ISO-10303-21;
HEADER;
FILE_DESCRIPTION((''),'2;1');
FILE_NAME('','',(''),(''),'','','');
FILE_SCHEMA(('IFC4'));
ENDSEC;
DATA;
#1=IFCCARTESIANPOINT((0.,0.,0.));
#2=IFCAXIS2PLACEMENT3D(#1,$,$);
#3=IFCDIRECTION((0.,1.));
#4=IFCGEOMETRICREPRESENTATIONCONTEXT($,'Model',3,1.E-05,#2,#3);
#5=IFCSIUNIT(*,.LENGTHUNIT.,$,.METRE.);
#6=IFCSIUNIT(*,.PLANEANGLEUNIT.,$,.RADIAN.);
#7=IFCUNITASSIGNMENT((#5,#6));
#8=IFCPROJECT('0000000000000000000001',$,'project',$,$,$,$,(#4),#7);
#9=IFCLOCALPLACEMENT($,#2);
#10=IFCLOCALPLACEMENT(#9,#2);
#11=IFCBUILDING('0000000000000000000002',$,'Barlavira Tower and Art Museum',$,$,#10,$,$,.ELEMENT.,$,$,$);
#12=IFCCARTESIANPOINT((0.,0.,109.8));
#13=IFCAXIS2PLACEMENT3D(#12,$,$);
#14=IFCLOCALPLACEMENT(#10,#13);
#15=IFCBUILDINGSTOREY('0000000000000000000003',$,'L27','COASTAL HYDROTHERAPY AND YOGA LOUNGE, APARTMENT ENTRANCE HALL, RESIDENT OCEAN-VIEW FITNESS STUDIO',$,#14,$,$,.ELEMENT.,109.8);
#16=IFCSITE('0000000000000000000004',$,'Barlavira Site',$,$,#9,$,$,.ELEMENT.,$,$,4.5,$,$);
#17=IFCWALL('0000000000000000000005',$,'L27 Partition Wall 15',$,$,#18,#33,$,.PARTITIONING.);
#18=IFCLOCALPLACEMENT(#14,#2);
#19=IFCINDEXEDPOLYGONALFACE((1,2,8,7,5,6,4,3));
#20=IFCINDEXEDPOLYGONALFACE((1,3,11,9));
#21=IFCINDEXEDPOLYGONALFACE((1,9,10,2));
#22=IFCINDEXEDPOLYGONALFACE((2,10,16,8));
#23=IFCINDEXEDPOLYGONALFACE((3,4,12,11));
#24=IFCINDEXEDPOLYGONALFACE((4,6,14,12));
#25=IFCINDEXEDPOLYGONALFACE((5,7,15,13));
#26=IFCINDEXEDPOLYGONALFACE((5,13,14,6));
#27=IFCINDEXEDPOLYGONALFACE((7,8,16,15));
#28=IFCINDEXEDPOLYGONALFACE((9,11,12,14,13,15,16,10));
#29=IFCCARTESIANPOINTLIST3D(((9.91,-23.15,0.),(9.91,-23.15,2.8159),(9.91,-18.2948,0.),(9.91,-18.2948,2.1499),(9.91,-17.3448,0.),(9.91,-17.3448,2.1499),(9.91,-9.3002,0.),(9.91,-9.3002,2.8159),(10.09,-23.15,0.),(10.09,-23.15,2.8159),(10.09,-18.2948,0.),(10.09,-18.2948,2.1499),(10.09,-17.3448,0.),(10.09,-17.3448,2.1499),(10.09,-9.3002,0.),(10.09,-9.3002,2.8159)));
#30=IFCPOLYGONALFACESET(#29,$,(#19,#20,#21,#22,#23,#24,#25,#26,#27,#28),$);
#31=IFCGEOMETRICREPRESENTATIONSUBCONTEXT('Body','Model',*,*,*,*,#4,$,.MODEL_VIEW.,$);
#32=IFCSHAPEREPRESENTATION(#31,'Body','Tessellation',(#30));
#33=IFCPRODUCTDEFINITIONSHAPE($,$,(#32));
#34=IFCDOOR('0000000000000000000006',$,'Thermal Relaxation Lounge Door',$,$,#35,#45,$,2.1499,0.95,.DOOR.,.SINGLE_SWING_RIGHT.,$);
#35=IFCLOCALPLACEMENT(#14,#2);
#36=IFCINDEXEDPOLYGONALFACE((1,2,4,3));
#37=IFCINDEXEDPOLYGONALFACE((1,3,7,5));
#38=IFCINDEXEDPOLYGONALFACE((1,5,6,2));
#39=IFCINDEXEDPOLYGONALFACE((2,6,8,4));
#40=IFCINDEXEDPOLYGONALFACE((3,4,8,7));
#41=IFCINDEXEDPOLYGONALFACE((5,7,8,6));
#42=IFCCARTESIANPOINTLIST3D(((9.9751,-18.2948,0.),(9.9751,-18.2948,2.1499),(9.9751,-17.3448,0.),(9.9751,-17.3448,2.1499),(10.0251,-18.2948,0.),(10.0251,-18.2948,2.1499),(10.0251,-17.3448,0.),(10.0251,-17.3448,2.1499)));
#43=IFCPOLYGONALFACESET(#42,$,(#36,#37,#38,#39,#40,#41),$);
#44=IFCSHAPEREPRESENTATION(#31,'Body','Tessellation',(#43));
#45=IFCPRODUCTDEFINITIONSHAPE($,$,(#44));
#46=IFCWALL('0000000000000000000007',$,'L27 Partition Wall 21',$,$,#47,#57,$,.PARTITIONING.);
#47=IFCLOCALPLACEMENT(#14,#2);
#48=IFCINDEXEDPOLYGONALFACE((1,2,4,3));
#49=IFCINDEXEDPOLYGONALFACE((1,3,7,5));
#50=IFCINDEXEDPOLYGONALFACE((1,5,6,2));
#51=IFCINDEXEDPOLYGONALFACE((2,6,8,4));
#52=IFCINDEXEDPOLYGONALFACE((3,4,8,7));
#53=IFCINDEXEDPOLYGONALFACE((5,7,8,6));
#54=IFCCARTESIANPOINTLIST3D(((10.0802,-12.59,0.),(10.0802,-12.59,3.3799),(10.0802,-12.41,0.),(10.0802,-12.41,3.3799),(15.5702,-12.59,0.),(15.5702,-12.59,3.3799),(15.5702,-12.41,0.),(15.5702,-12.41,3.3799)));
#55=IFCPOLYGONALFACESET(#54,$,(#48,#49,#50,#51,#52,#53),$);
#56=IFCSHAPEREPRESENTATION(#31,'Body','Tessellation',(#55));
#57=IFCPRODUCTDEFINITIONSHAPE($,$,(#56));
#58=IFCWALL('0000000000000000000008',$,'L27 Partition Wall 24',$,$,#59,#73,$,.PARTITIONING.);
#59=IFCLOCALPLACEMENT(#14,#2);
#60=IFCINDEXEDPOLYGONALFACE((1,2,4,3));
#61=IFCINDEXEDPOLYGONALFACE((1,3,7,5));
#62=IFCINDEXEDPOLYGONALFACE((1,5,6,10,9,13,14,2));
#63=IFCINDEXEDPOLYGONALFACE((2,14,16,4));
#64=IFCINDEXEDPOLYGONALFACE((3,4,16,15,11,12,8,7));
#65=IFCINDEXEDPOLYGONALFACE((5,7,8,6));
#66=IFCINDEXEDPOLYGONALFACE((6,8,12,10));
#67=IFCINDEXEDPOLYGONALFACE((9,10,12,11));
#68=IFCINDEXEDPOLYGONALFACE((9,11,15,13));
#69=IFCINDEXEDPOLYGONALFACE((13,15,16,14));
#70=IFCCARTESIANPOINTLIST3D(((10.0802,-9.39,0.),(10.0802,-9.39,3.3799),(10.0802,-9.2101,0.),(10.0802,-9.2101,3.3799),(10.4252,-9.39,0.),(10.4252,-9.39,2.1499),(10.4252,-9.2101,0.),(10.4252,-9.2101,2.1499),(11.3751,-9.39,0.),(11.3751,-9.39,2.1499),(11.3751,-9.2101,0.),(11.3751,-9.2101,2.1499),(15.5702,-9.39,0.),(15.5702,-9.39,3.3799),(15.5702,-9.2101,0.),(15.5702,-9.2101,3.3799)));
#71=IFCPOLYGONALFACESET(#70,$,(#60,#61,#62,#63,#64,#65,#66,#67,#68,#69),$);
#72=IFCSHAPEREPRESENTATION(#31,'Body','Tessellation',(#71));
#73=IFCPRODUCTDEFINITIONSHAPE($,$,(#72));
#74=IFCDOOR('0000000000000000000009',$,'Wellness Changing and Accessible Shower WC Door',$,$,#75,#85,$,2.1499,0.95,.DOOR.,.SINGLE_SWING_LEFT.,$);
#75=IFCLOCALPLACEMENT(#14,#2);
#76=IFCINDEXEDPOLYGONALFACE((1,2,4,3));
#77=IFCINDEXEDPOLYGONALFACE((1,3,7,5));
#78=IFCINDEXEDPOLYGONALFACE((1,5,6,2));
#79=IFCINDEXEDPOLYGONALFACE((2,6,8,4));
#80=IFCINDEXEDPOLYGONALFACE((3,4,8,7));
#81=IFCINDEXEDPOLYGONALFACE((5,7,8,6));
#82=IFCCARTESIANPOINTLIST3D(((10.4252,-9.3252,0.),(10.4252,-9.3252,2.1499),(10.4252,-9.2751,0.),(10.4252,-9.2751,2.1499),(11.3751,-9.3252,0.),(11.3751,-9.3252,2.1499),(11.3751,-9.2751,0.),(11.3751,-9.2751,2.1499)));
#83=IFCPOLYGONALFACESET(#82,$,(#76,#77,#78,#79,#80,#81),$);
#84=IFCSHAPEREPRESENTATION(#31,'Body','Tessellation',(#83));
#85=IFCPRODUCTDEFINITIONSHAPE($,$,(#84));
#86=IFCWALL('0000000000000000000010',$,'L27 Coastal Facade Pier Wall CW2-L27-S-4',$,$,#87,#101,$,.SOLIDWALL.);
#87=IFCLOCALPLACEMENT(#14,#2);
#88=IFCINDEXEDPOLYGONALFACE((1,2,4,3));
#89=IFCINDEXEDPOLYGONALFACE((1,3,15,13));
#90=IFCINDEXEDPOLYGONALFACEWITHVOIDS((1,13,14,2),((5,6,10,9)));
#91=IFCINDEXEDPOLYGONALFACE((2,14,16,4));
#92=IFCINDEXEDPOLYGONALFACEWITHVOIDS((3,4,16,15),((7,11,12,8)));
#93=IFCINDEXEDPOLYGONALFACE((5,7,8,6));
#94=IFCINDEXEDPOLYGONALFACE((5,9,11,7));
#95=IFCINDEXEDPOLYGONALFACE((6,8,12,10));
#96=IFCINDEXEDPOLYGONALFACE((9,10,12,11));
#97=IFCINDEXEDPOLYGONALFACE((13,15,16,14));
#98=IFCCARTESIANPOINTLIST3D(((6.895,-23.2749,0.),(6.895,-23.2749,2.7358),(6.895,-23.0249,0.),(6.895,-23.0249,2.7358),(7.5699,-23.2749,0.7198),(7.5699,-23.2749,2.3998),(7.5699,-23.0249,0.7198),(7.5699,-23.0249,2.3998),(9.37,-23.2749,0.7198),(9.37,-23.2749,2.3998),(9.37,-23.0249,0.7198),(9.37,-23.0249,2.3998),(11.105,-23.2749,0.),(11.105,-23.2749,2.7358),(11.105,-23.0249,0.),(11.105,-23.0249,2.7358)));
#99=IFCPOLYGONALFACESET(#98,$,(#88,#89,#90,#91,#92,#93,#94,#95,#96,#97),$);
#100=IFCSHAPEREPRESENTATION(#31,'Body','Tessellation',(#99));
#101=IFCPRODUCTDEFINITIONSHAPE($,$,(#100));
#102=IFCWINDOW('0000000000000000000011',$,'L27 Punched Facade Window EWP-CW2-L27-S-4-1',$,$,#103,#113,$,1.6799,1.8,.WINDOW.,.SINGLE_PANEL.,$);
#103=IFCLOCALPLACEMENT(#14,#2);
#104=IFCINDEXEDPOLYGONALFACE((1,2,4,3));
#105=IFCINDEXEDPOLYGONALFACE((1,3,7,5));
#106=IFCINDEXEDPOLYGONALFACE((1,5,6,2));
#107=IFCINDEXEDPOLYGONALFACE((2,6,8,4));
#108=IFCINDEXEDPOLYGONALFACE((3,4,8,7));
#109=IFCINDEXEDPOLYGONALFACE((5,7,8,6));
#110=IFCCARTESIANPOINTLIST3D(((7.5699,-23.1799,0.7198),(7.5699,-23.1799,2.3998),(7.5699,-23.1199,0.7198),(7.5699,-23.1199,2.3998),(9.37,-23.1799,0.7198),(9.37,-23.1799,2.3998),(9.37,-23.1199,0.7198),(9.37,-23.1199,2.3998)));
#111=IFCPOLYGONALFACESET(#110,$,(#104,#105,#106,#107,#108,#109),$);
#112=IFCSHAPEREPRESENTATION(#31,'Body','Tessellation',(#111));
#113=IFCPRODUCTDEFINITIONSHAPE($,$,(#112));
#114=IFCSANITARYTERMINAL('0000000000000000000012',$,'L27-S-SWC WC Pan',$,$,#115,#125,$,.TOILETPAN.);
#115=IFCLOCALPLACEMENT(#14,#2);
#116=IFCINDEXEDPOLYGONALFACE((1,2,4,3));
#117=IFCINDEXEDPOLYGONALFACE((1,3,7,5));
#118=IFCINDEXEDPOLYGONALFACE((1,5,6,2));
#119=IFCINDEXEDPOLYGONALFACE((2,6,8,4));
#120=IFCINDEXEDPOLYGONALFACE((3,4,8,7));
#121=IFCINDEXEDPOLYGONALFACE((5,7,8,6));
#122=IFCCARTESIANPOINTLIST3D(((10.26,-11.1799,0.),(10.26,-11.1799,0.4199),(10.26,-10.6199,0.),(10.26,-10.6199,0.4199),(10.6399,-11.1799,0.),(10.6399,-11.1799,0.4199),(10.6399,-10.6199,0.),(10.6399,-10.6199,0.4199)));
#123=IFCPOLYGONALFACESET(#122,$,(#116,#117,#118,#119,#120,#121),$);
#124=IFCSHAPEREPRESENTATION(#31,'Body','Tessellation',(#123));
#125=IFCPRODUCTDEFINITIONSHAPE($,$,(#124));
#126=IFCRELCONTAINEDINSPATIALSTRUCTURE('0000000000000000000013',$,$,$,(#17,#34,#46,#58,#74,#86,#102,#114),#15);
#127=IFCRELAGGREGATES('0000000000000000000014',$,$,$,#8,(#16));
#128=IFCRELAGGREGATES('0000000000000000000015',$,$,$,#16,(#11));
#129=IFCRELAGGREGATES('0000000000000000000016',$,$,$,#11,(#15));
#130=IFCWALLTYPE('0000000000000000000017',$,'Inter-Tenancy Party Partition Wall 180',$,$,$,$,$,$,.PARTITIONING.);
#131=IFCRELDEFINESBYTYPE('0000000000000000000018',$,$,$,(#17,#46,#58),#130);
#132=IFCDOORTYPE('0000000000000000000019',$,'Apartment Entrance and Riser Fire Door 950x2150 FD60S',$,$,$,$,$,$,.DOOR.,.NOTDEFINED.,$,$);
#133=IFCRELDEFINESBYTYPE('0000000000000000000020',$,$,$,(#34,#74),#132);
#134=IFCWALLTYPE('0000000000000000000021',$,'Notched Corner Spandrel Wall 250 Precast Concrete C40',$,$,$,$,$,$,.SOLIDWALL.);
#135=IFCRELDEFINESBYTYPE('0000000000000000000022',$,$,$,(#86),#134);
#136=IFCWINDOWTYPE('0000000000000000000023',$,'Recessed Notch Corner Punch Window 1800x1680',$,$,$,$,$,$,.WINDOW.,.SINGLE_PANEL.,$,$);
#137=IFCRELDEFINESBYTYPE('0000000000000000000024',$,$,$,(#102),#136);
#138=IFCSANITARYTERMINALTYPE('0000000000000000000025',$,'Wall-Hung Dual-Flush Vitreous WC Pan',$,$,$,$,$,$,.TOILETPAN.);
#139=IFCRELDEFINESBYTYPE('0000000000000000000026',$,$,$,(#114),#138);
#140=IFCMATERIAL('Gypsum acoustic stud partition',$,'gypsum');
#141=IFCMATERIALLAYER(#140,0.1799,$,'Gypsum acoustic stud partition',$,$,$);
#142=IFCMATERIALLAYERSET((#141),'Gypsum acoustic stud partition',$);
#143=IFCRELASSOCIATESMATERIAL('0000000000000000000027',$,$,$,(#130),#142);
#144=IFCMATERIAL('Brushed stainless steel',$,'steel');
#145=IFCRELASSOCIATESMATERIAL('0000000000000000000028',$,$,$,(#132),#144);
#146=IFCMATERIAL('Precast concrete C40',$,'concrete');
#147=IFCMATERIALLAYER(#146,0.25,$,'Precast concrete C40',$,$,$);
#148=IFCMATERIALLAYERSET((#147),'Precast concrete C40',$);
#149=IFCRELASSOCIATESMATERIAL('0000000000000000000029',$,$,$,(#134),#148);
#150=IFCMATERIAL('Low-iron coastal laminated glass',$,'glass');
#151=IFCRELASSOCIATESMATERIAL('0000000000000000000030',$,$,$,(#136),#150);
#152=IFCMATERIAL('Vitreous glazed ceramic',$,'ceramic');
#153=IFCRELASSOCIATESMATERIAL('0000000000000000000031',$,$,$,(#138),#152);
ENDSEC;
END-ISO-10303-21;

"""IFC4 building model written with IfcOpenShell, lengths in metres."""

from ifc_helpers import new_model, si_unit, direction, frame, frame_2d, origin, origin_2d, place, context, subcontext, project, spatial, rectangle, extrude, material, layer, layer_set, type_object, element, fill, save


model = new_model("IFC4")

# Units and contexts
model_context = context("Model", 3, precision=1e-05, world=origin(), true_north=direction((0.0, 1.0)))
body_context = subcontext(model_context, "Body", "Model", "MODEL_VIEW")
ifc_project = project(units=[si_unit("LENGTHUNIT", "METRE"), si_unit("PLANEANGLEUNIT", "RADIAN")], contexts=[model_context])

# Site, building, storey
site_placement = place(None, origin())
site = spatial("IfcSite", under=ifc_project, at=site_placement, Name="Barlavira Site", CompositionType="ELEMENT", RefElevation=4.5)
building_placement = place(site_placement, origin())
building = spatial("IfcBuilding", under=site, at=building_placement, Name="Barlavira Tower and Art Museum", CompositionType="ELEMENT")
storey_placement = place(building_placement, frame((0.0, 0.0, 109.8)))
storey = spatial("IfcBuildingStorey", under=building, at=storey_placement, Name="L27", Description="COASTAL HYDROTHERAPY AND YOGA LOUNGE, APARTMENT ENTRANCE HALL, RESIDENT OCEAN-VIEW FITNESS STUDIO", CompositionType="ELEMENT", Elevation=109.8)

# Shared definitions
ifc_material_1 = material(Name="Low-iron coastal laminated glass", Category="glass")

# Wall, opening, door
ifc_material_2 = material(Name="Gypsum acoustic stud partition", Category="gypsum")
ifc_layer_1 = layer(ifc_material_2, 0.1799, Name="Gypsum acoustic stud partition")
ifc_layer_set_1 = layer_set([ifc_layer_1], Name="Gypsum acoustic stud partition")
wall_type_1 = type_object("IfcWallType", Name="Inter-Tenancy Party Partition Wall 180", PredefinedType="PARTITIONING", material=ifc_layer_set_1)
wall_1_placement = place(storey_placement, frame((10.0, -23.1499, 0.0), z_axis=(0.0, 0.0, 1.0), x_axis=(0.0, 1.0, 0.0)))
wall_1 = element("IfcWall", 1, at=wall_1_placement, inside=storey, type_object=wall_type_1, Name="L27 Partition Wall 15", PredefinedType="PARTITIONING", context=body_context, shape_type="SweptSolid", body=[
    extrude(rectangle(XDim=13.8499, YDim=0.1799, at=frame_2d((6.9248, 0.0))), origin(), (0.0, 0.0, 1.0), 2.8159),
])
opening_1_placement = place(wall_1_placement, frame((4.855, 0.0, 0.0)))
opening_1 = element("IfcOpeningElement", 2, at=opening_1_placement, cuts=wall_1, PredefinedType="OPENING", context=body_context, shape_type="SweptSolid", body=[
    extrude(rectangle(XDim=0.95, YDim=2.1499, at=frame_2d((0.4751, 1.075))), frame((0.0, 0.1001, 0.0), z_axis=(0.0, -1.0, 0.0), x_axis=(1.0, 0.0, 0.0)), (0.0, 0.0, 1.0), 0.2),
])
ifc_material_3 = material(Name="Brushed stainless steel", Category="steel")
door_type = type_object("IfcDoorType", Name="Apartment Entrance and Riser Fire Door 950x2150 FD60S", OperationType="NOTDEFINED", PredefinedType="DOOR", material=ifc_material_3)
door_1_placement = place(opening_1_placement, origin())
door_1 = element("IfcDoor", 3, at=door_1_placement, inside=storey, type_object=door_type, Name="Thermal Relaxation Lounge Door", OperationType="SINGLE_SWING_RIGHT", OverallHeight=2.1499, OverallWidth=0.95, PredefinedType="DOOR", context=body_context, shape_type="SweptSolid", body=[
    extrude(rectangle(XDim=0.95, YDim=2.1499, at=frame_2d((0.4751, 1.075))), frame((0.0, 0.0249, 0.0), z_axis=(0.0, -1.0, 0.0), x_axis=(1.0, 0.0, 0.0)), (0.0, 0.0, 1.0), 0.05),
])
fill(opening_1, door_1)

# Wall
wall_2_placement = place(storey_placement, frame((10.0801, -12.5, 0.0), z_axis=(0.0, 0.0, 1.0), x_axis=(1.0, 0.0, 0.0)))
element("IfcWall", 4, at=wall_2_placement, inside=storey, type_object=wall_type_1, Name="L27 Partition Wall 21", PredefinedType="PARTITIONING", context=body_context, shape_type="SweptSolid", body=[
    extrude(rectangle(XDim=5.49, YDim=0.1799, at=frame_2d((2.7451, 0.0))), origin(), (0.0, 0.0, 1.0), 3.3799),
])

# Wall, opening, door
wall_3_placement = place(storey_placement, frame((10.0801, -9.3, 0.0), z_axis=(0.0, 0.0, 1.0), x_axis=(1.0, 0.0, 0.0)))
wall_3 = element("IfcWall", 5, at=wall_3_placement, inside=storey, type_object=wall_type_1, Name="L27 Partition Wall 24", PredefinedType="PARTITIONING", context=body_context, shape_type="SweptSolid", body=[
    extrude(rectangle(XDim=5.49, YDim=0.1799, at=frame_2d((2.7451, 0.0))), origin(), (0.0, 0.0, 1.0), 3.3799),
])
opening_2_placement = place(wall_3_placement, frame((0.345, 0.0, 0.0)))
opening_2 = element("IfcOpeningElement", 6, at=opening_2_placement, cuts=wall_3, PredefinedType="OPENING", context=body_context, shape_type="SweptSolid", body=[
    extrude(rectangle(XDim=0.95, YDim=2.1499, at=frame_2d((0.4751, 1.075))), frame((0.0, 0.1001, 0.0), z_axis=(0.0, -1.0, 0.0), x_axis=(1.0, 0.0, 0.0)), (0.0, 0.0, 1.0), 0.2),
])
door_2_placement = place(opening_2_placement, origin())
door_2 = element("IfcDoor", 7, at=door_2_placement, inside=storey, type_object=door_type, Name="Wellness Changing and Accessible Shower WC Door", OperationType="SINGLE_SWING_LEFT", OverallHeight=2.1499, OverallWidth=0.95, PredefinedType="DOOR", context=body_context, shape_type="SweptSolid", body=[
    extrude(rectangle(XDim=0.95, YDim=2.1499, at=frame_2d((0.4751, 1.075))), frame((0.0, 0.0249, 0.0), z_axis=(0.0, -1.0, 0.0), x_axis=(1.0, 0.0, 0.0)), (0.0, 0.0, 1.0), 0.05),
])
fill(opening_2, door_2)

# Wall, opening, window
ifc_material_4 = material(Name="Precast concrete C40", Category="concrete")
ifc_layer_2 = layer(ifc_material_4, 0.25, Name="Precast concrete C40")
ifc_layer_set_2 = layer_set([ifc_layer_2], Name="Precast concrete C40")
wall_type_2 = type_object("IfcWallType", Name="Notched Corner Spandrel Wall 250 Precast Concrete C40", PredefinedType="SOLIDWALL", material=ifc_layer_set_2)
wall_4_placement = place(storey_placement, frame((6.895, -23.1499, 0.0), z_axis=(0.0, 0.0, 1.0), x_axis=(1.0, 0.0, 0.0)))
wall_4 = element("IfcWall", 8, at=wall_4_placement, inside=storey, type_object=wall_type_2, Name="L27 Coastal Facade Pier Wall CW2-L27-S-4", PredefinedType="SOLIDWALL", context=body_context, shape_type="SweptSolid", body=[
    extrude(rectangle(XDim=4.21, YDim=0.25, at=frame_2d((2.105, 0.0))), origin(), (0.0, 0.0, 1.0), 2.7358),
])
opening_3_placement = place(wall_4_placement, frame((0.675, 0.0, 0.72)))
opening_3 = element("IfcOpeningElement", 9, at=opening_3_placement, cuts=wall_4, PredefinedType="OPENING", context=body_context, shape_type="SweptSolid", body=[
    extrude(rectangle(XDim=1.8, YDim=1.6799, at=frame_2d((0.8999, 0.8398))), frame((0.0, 0.135, 0.0), z_axis=(0.0, -1.0, 0.0), x_axis=(1.0, 0.0, 0.0)), (0.0, 0.0, 1.0), 0.27),
])
window_type = type_object("IfcWindowType", Name="Recessed Notch Corner Punch Window 1800x1680", PartitioningType="SINGLE_PANEL", PredefinedType="WINDOW", material=ifc_material_1)
window_placement = place(opening_3_placement, origin())
window = element("IfcWindow", 10, at=window_placement, inside=storey, type_object=window_type, Name="L27 Punched Facade Window EWP-CW2-L27-S-4-1", OverallHeight=1.6799, OverallWidth=1.8, PartitioningType="SINGLE_PANEL", PredefinedType="WINDOW", context=body_context, shape_type="SweptSolid", body=[
    extrude(rectangle(XDim=1.8, YDim=1.6799, at=frame_2d((0.8999, 0.8398))), frame((0.0, 0.03, 0.0), z_axis=(0.0, -1.0, 0.0), x_axis=(1.0, 0.0, 0.0)), (0.0, 0.0, 1.0), 0.0601),
])
fill(opening_3, window)

# Sanitary terminal
ifc_material_5 = material(Name="Vitreous glazed ceramic", Category="ceramic")
sanitary_terminal_type = type_object("IfcSanitaryTerminalType", Name="Wall-Hung Dual-Flush Vitreous WC Pan", PredefinedType="TOILETPAN", material=ifc_material_5)
sanitary_terminal_placement = place(storey_placement, frame((10.45, -10.8999, 0.0), z_axis=(0.0, 0.0, 1.0), x_axis=(1.0, 0.0, 0.0)))
element("IfcSanitaryTerminal", 11, at=sanitary_terminal_placement, inside=storey, type_object=sanitary_terminal_type, Name="L27-S-SWC WC Pan", PredefinedType="TOILETPAN", context=body_context, shape_type="SweptSolid", body=[
    extrude(rectangle(XDim=0.3799, YDim=0.5601, at=origin_2d()), origin(), (0.0, 0.0, 1.0), 0.4199),
])

save(model, "model.ifc")
